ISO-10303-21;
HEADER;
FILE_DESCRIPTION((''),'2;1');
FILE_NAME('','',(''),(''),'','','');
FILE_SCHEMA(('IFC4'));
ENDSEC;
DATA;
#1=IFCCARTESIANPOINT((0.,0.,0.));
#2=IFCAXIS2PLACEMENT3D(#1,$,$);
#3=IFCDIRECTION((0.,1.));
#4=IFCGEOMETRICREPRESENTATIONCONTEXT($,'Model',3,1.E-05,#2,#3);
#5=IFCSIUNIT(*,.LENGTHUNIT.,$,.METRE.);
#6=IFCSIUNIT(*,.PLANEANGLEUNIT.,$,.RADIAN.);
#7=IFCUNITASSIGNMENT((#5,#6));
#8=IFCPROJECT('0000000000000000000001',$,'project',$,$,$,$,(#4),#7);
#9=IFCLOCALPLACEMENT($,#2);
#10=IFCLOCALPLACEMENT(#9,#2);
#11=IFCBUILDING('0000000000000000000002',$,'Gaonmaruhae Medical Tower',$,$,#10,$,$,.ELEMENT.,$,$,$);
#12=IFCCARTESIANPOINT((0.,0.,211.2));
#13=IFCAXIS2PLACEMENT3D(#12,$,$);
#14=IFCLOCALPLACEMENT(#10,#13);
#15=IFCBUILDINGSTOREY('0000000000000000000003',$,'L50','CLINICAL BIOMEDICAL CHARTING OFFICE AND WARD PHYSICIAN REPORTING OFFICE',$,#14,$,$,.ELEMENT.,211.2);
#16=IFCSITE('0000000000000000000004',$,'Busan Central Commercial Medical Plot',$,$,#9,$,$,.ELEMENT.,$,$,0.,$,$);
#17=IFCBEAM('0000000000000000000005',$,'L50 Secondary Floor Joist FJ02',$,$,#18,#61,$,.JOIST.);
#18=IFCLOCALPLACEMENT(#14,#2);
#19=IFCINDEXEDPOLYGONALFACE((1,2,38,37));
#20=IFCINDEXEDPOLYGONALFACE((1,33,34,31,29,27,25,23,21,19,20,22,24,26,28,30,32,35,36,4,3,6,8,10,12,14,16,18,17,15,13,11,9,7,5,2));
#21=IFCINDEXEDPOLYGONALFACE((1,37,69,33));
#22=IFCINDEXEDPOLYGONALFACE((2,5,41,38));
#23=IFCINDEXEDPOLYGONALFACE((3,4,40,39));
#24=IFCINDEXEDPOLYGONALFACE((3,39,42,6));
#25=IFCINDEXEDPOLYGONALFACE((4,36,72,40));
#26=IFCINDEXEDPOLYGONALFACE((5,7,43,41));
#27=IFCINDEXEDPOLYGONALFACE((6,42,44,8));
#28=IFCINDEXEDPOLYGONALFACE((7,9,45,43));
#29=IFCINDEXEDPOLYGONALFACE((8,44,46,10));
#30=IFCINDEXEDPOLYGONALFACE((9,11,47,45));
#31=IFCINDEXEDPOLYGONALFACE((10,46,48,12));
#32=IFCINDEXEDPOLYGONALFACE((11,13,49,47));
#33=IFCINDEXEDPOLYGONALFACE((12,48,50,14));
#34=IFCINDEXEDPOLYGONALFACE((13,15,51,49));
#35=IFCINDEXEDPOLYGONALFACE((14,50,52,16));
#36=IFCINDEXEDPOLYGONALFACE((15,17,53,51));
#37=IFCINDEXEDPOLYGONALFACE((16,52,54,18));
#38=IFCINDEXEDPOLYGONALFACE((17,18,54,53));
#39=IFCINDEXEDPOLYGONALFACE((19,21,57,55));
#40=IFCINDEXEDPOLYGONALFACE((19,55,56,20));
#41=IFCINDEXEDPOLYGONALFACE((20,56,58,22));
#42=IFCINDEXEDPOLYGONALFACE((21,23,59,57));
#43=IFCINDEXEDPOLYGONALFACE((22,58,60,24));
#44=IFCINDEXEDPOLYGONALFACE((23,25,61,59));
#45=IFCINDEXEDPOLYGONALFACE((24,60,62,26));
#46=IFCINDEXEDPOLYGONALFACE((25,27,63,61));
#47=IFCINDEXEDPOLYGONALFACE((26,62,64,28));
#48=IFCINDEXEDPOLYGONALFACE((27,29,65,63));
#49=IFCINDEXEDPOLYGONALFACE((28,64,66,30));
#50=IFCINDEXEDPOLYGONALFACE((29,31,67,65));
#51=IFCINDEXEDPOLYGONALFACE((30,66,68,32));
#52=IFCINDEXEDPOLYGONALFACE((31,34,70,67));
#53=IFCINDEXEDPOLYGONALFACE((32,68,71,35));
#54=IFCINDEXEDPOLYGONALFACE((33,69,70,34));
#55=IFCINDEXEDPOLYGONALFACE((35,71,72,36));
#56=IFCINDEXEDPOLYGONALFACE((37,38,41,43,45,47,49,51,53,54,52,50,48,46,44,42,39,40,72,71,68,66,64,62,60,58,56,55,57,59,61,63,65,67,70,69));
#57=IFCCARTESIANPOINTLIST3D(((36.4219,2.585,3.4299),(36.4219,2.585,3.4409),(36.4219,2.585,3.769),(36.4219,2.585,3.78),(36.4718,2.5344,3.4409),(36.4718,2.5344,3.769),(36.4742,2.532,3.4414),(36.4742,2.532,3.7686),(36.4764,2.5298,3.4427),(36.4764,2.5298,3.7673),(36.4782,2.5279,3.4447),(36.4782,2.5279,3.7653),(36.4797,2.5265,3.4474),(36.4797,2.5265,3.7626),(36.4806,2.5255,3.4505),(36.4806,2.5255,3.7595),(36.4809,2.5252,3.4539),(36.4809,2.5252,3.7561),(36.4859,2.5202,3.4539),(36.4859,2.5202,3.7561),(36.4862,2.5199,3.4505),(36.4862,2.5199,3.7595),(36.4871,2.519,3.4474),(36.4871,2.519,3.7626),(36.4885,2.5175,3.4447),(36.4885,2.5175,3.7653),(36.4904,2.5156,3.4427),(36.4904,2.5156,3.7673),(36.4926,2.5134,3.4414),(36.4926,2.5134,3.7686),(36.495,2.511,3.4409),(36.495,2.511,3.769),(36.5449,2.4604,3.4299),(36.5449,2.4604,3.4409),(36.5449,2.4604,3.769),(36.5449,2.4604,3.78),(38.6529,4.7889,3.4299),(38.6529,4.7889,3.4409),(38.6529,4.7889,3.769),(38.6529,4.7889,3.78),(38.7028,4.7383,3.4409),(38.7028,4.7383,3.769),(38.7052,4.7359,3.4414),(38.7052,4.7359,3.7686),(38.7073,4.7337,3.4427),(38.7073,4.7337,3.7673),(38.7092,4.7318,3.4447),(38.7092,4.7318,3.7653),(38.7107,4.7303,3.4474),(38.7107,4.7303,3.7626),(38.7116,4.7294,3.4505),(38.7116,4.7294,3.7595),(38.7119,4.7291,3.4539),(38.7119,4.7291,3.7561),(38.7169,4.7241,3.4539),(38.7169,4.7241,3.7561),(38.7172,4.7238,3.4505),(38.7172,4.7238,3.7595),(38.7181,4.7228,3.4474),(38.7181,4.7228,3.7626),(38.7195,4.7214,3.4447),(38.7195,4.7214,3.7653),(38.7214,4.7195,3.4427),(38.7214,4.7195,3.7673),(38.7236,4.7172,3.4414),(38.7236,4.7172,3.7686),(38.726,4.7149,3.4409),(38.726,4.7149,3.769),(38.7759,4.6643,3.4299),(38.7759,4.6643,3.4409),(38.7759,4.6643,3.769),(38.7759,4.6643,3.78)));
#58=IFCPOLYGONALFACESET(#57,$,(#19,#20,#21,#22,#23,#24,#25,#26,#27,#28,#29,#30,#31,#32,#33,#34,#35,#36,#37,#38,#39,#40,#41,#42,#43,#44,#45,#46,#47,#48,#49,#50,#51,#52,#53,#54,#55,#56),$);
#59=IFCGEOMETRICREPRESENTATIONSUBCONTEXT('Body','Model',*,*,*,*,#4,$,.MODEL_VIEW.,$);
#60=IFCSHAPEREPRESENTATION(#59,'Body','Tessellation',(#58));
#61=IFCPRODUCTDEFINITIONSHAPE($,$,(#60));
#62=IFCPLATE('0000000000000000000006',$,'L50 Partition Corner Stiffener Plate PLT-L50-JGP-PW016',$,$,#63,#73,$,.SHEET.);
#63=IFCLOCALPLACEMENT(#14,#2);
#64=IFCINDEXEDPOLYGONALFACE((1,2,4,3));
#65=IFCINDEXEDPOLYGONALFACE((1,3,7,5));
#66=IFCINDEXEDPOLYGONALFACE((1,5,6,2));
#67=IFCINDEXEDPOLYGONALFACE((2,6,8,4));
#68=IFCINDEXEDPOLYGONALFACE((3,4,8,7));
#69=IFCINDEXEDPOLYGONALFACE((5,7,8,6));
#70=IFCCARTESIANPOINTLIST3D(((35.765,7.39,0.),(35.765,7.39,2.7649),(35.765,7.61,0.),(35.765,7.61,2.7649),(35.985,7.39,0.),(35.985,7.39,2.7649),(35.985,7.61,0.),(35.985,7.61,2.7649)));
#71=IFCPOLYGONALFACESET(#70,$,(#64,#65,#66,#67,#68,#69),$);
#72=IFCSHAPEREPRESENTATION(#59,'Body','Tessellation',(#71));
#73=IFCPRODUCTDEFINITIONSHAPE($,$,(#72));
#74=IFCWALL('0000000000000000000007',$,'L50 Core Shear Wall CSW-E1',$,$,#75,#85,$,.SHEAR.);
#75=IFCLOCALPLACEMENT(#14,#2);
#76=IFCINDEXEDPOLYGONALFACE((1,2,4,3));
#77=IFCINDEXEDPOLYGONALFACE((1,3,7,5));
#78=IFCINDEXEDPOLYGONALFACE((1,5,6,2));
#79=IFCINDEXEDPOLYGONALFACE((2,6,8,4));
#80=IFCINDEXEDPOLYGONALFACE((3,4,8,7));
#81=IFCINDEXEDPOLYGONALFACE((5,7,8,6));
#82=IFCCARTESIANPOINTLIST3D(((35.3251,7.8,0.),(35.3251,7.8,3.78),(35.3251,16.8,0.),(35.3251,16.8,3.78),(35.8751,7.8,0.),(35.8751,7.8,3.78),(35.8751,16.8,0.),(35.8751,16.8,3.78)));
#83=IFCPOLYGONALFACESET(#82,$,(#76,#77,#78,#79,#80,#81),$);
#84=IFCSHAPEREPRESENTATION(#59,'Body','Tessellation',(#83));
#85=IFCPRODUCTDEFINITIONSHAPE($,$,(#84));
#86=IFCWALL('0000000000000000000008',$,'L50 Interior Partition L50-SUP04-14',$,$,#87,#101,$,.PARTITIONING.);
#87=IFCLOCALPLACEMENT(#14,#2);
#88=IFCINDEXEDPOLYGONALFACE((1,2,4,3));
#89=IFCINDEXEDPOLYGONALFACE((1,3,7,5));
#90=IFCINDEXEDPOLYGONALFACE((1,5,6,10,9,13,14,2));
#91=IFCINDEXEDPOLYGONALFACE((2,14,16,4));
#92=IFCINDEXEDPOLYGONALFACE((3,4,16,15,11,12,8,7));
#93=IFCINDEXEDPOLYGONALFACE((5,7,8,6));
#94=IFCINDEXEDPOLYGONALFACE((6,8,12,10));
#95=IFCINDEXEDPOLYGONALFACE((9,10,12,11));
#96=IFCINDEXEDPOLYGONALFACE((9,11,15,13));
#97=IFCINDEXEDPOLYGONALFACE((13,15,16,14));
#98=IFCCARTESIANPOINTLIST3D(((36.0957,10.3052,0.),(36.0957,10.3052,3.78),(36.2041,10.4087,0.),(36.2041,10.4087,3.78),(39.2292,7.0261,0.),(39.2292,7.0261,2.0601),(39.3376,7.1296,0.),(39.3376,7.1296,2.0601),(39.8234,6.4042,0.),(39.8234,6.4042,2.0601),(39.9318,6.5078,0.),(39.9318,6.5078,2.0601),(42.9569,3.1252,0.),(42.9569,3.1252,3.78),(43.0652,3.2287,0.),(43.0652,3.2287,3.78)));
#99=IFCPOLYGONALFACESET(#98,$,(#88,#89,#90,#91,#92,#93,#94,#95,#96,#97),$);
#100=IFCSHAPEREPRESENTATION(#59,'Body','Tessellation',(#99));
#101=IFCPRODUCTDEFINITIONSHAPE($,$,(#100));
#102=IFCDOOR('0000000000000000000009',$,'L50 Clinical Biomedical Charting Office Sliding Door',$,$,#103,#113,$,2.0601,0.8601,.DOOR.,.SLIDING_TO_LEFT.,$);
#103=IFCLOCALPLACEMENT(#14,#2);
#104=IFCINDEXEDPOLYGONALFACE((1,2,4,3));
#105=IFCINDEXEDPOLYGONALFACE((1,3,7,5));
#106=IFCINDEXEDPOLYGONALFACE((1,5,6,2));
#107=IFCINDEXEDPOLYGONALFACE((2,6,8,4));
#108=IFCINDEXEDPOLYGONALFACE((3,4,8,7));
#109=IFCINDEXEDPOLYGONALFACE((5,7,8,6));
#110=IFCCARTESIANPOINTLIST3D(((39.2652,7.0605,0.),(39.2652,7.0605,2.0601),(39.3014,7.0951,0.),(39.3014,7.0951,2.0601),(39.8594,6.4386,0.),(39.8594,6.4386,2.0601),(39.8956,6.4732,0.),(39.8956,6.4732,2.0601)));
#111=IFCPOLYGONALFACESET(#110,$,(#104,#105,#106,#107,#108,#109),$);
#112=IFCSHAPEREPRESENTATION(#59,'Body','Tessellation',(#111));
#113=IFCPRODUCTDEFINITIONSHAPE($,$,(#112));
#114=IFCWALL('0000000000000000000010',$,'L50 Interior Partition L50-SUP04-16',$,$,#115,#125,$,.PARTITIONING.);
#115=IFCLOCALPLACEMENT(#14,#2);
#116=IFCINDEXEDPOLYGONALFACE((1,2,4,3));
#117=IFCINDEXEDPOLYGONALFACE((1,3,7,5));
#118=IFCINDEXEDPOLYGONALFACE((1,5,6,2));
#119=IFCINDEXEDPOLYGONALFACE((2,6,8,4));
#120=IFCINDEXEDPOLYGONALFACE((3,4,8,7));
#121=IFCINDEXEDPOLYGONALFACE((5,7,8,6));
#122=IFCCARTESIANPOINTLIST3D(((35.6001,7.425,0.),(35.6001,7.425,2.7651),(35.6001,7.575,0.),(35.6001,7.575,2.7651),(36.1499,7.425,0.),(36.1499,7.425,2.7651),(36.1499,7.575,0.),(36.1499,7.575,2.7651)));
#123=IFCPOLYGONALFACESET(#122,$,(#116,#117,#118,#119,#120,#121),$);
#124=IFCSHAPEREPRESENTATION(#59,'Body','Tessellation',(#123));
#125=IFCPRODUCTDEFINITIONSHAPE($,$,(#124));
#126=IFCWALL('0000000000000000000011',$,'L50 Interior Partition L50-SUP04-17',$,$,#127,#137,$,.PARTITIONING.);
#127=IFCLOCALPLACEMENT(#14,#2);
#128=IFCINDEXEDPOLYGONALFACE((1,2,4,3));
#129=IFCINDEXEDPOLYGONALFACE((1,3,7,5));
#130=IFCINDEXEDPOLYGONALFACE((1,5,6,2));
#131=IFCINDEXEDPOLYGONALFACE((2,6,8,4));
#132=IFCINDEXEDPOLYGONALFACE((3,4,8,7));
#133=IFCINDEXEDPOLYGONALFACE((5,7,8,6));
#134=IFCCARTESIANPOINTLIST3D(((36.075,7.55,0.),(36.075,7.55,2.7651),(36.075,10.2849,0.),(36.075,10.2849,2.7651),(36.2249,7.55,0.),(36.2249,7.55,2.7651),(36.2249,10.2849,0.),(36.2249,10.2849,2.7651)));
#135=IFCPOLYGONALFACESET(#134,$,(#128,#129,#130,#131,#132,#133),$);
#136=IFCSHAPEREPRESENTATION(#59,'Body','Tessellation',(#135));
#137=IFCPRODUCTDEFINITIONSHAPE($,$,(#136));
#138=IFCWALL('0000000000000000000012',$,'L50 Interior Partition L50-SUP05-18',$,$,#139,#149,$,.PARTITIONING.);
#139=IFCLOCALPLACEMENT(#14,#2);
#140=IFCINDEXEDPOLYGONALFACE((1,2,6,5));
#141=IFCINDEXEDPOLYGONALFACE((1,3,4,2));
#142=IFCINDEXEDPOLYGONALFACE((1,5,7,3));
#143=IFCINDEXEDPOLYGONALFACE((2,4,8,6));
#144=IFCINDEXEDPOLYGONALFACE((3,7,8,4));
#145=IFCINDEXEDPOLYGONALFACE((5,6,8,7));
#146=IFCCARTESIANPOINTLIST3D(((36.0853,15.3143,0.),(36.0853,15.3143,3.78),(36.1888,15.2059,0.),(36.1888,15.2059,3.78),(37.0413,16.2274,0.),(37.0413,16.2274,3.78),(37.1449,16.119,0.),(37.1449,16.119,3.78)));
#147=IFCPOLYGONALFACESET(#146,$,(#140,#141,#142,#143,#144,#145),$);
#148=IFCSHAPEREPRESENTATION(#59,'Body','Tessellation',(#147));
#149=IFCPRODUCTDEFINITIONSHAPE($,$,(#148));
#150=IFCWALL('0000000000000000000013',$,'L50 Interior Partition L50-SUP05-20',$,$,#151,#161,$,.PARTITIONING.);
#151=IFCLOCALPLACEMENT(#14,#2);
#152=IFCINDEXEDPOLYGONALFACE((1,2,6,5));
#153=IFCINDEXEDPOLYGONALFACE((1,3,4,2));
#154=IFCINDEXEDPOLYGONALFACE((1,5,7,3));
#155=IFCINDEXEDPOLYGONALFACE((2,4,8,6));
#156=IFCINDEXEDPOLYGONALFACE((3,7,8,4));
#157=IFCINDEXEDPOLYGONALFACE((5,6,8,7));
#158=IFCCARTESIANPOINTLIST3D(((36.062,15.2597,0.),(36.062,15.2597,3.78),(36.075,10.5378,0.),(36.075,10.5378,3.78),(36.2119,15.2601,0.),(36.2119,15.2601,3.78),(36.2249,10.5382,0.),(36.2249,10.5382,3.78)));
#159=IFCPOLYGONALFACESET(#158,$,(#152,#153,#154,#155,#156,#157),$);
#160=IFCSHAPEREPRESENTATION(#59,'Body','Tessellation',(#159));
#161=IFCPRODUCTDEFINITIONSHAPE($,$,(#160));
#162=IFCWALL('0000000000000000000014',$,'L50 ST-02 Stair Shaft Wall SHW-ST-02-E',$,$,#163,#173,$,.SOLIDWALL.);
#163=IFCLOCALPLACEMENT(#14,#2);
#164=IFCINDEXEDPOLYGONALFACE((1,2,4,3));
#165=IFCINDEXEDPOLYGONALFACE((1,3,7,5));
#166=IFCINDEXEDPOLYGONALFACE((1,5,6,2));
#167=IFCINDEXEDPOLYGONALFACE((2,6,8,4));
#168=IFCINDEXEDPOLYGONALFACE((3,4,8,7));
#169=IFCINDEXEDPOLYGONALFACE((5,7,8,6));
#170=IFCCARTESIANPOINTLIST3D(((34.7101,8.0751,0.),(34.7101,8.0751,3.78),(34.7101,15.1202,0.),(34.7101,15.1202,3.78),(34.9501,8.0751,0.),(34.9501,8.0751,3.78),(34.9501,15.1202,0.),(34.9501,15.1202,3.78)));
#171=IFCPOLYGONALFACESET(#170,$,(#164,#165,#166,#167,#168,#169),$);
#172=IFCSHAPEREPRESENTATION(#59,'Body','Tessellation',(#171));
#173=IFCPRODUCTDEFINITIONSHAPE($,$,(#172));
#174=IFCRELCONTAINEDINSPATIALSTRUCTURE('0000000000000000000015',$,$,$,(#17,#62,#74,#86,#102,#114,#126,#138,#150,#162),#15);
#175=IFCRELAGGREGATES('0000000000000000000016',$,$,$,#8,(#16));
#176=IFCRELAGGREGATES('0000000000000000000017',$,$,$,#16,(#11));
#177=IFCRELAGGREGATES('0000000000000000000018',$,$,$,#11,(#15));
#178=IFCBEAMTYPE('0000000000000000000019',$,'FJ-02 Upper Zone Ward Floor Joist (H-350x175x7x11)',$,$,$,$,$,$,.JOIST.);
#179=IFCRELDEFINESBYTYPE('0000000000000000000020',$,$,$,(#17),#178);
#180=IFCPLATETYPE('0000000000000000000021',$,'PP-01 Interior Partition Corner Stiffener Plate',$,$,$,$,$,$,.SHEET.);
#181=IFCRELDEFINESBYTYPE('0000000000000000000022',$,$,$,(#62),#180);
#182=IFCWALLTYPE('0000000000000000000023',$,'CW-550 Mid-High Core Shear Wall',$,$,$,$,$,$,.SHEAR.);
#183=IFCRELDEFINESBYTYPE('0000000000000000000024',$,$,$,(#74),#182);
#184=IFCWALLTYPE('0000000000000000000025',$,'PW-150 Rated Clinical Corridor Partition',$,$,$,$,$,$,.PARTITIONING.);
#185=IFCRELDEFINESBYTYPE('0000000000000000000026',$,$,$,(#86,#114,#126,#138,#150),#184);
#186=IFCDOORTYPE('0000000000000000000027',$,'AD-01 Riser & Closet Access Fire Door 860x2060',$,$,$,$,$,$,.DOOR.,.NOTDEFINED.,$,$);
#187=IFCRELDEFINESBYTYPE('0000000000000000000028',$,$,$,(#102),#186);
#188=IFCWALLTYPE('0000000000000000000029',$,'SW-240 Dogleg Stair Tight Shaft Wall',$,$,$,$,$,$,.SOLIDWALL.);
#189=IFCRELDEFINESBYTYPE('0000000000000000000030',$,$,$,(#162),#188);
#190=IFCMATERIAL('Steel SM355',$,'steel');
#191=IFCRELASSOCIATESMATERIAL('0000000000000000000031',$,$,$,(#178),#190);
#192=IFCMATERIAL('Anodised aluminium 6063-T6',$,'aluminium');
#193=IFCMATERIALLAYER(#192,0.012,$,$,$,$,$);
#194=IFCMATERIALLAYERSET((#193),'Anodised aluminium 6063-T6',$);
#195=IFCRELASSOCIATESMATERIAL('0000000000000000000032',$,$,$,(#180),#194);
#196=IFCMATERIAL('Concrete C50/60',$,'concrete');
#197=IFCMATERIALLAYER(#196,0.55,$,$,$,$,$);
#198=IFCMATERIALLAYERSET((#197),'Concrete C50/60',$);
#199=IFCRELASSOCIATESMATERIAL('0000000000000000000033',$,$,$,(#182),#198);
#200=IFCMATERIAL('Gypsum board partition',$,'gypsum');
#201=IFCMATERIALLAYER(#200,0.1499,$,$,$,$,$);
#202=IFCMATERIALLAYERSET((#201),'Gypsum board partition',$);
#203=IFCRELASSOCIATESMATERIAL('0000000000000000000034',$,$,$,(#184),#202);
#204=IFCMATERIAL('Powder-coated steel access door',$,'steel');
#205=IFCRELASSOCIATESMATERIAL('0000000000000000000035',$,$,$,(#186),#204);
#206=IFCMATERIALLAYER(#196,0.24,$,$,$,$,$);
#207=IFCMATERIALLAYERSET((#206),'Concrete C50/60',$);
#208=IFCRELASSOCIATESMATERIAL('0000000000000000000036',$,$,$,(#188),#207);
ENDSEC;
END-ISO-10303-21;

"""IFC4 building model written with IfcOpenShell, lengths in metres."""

from ifc_helpers import new_model, si_unit, direction, frame, frame_2d, origin, origin_2d, place, context, subcontext, project, spatial, rectangle, i_section, extrude, material, layer, layer_set, material_profile, profile_set, type_object, element, fill, save


model = new_model("IFC4")

# Units and contexts
model_context = context("Model", 3, precision=1e-05, world=origin(), true_north=direction((0.0, 1.0)))
body_context = subcontext(model_context, "Body", "Model", "MODEL_VIEW")
ifc_project = project(units=[si_unit("LENGTHUNIT", "METRE"), si_unit("PLANEANGLEUNIT", "RADIAN")], contexts=[model_context])

# Site, building, storey
site_placement = place(None, origin())
site = spatial("IfcSite", under=ifc_project, at=site_placement, Name="Busan Central Commercial Medical Plot", CompositionType="ELEMENT", RefElevation=0.0)
building_placement = place(site_placement, origin())
building = spatial("IfcBuilding", under=site, at=building_placement, Name="Gaonmaruhae Medical Tower", CompositionType="ELEMENT")
storey_placement = place(building_placement, frame((0.0, 0.0, 211.2)))
storey = spatial("IfcBuildingStorey", under=building, at=storey_placement, Name="L50", Description="CLINICAL BIOMEDICAL CHARTING OFFICE AND WARD PHYSICIAN REPORTING OFFICE", CompositionType="ELEMENT", Elevation=211.2)

# Shared definitions
ifc_material_1 = material(Name="Concrete C50/60", Category="concrete")

# Beam
ifc_material_2 = material(Name="Steel SM355", Category="steel")
ifc_material_profile_1 = material_profile(ifc_material_2, i_section(OverallWidth=0.175, OverallDepth=0.3501, WebThickness=0.0071, FlangeThickness=0.011, FilletRadius=0.0129, at=origin_2d()), Name="H-350x175x7x11")
ifc_profile_set_1 = profile_set([ifc_material_profile_1], Name="Steel SM355")
beam_type_1 = type_object("IfcBeamType", Name="FJ-02 Upper Zone Ward Floor Joist (H-350x175x7x11)", PredefinedType="JOIST", material=ifc_profile_set_1)
beam_1_placement = place(storey_placement, frame((36.4834, 2.5227, 3.605), z_axis=(0.711414, 0.702773, 0.0), x_axis=(-0.702773, 0.711414, 0.0)))
element("IfcBeam", 1, at=beam_1_placement, inside=storey, type_object=beam_type_1, Name="L50 Secondary Floor Joist FJ02", PredefinedType="JOIST", context=body_context, shape_type="SweptSolid", body=[
    extrude(i_section(OverallWidth=0.175, OverallDepth=0.3501, WebThickness=0.0071, FlangeThickness=0.011, FilletRadius=0.0129, at=origin_2d()), origin(), (0.0, 0.0, 1.0), 3.136),
])

# Plate
ifc_material_3 = material(Name="Anodised aluminium 6063-T6", Category="aluminium")
ifc_layer_1 = layer(ifc_material_3, 0.012)
ifc_layer_set_1 = layer_set([ifc_layer_1], Name="Anodised aluminium 6063-T6")
plate_type = type_object("IfcPlateType", Name="PP-01 Interior Partition Corner Stiffener Plate", PredefinedType="SHEET", material=ifc_layer_set_1)
plate_placement = place(storey_placement, frame((35.875, 7.5, 0.0), z_axis=(0.0, 0.0, 1.0), x_axis=(1.0, 0.0, 0.0)))
element("IfcPlate", 2, at=plate_placement, inside=storey, type_object=plate_type, Name="L50 Partition Corner Stiffener Plate PLT-L50-JGP-PW016", PredefinedType="SHEET", context=body_context, shape_type="SweptSolid", body=[
    extrude(rectangle(XDim=0.22, YDim=0.22, at=origin_2d()), origin(), (0.0, 0.0, 1.0), 2.7649),
])

# Wall
ifc_layer_2 = layer(ifc_material_1, 0.55)
ifc_layer_set_2 = layer_set([ifc_layer_2], Name="Concrete C50/60")
wall_type_1 = type_object("IfcWallType", Name="CW-550 Mid-High Core Shear Wall", PredefinedType="SHEAR", material=ifc_layer_set_2)
wall_1_placement = place(storey_placement, frame((35.6001, 7.8, 0.0), z_axis=(0.0, 0.0, 1.0), x_axis=(0.0, 1.0, 0.0)))
element("IfcWall", 3, at=wall_1_placement, inside=storey, type_object=wall_type_1, Name="L50 Core Shear Wall CSW-E1", PredefinedType="SHEAR", context=body_context, shape_type="SweptSolid", body=[
    extrude(rectangle(XDim=9.0, YDim=0.55, at=frame_2d((4.5, 0.0))), origin(), (0.0, 0.0, 1.0), 3.78),
])

# Wall, opening, door
ifc_material_4 = material(Name="Gypsum board partition", Category="gypsum")
ifc_layer_3 = layer(ifc_material_4, 0.1499)
ifc_layer_set_3 = layer_set([ifc_layer_3], Name="Gypsum board partition")
wall_type_2 = type_object("IfcWallType", Name="PW-150 Rated Clinical Corridor Partition", PredefinedType="PARTITIONING", material=ifc_layer_set_3)
wall_2_placement = place(storey_placement, frame((36.1499, 10.3569, 0.0), z_axis=(0.0, 0.0, 1.0), x_axis=(0.690871, -0.722978, 0.0)))
wall_2 = element("IfcWall", 4, at=wall_2_placement, inside=storey, type_object=wall_type_2, Name="L50 Interior Partition L50-SUP04-14", PredefinedType="PARTITIONING", context=body_context, shape_type="SweptSolid", body=[
    extrude(rectangle(XDim=9.9312, YDim=0.1499, at=frame_2d((4.9656, 0.0))), origin(), (0.0, 0.0, 1.0), 3.78),
])
opening_placement = place(wall_2_placement, frame((4.5354, 0.0, 0.0)))
opening = element("IfcOpeningElement", 5, at=opening_placement, cuts=wall_2, PredefinedType="OPENING", context=body_context, shape_type="SweptSolid", body=[
    extrude(rectangle(XDim=0.8601, YDim=2.0601, at=frame_2d((0.4302, 1.03))), frame((0.0, 0.085, 0.0), z_axis=(0.0, -1.0, 0.0), x_axis=(1.0, 0.0, 0.0)), (0.0, 0.0, 1.0), 0.1699),
])
ifc_material_5 = material(Name="Powder-coated steel access door", Category="steel")
door_type = type_object("IfcDoorType", Name="AD-01 Riser & Closet Access Fire Door 860x2060", OperationType="NOTDEFINED", PredefinedType="DOOR", material=ifc_material_5)
door_placement = place(opening_placement, origin())
door = element("IfcDoor", 6, at=door_placement, inside=storey, type_object=door_type, Name="L50 Clinical Biomedical Charting Office Sliding Door", OperationType="SLIDING_TO_LEFT", OverallHeight=2.0601, OverallWidth=0.8601, PredefinedType="DOOR", context=body_context, shape_type="SweptSolid", body=[
    extrude(rectangle(XDim=0.8601, YDim=2.0601, at=frame_2d((0.4302, 1.03))), frame((0.0, 0.0249, 0.0), z_axis=(0.0, -1.0, 0.0), x_axis=(1.0, 0.0, 0.0)), (0.0, 0.0, 1.0), 0.05),
])
fill(opening, door)

# Walls
wall_3_placement = place(storey_placement, frame((35.6001, 7.5, 0.0), z_axis=(0.0, 0.0, 1.0), x_axis=(1.0, 0.0, 0.0)))
element("IfcWall", 7, at=wall_3_placement, inside=storey, type_object=wall_type_2, Name="L50 Interior Partition L50-SUP04-16", PredefinedType="PARTITIONING", context=body_context, shape_type="SweptSolid", body=[
    extrude(rectangle(XDim=0.5498, YDim=0.1499, at=frame_2d((0.2749, 0.0))), origin(), (0.0, 0.0, 1.0), 2.7651),
])
wall_4_placement = place(storey_placement, frame((36.1499, 7.55, 0.0), z_axis=(0.0, 0.0, 1.0), x_axis=(0.0, 1.0, 0.0)))
element("IfcWall", 8, at=wall_4_placement, inside=storey, type_object=wall_type_2, Name="L50 Interior Partition L50-SUP04-17", PredefinedType="PARTITIONING", context=body_context, shape_type="SweptSolid", body=[
    extrude(rectangle(XDim=2.7349, YDim=0.1499, at=frame_2d((1.3674, 0.0))), origin(), (0.0, 0.0, 1.0), 2.7651),
])
wall_5_placement = place(storey_placement, frame((36.137, 15.26, 0.0), z_axis=(0.0, 0.0, 1.0), x_axis=(0.723171, 0.690669, 0.0)))
element("IfcWall", 9, at=wall_5_placement, inside=storey, type_object=wall_type_2, Name="L50 Interior Partition L50-SUP05-18", PredefinedType="PARTITIONING", context=body_context, shape_type="SweptSolid", body=[
    extrude(rectangle(XDim=1.322, YDim=0.1499, at=frame_2d((0.6611, 0.0))), origin(), (0.0, 0.0, 1.0), 3.78),
])
wall_6_placement = place(storey_placement, frame((36.1499, 10.5381, 0.0), z_axis=(0.0, 0.0, 1.0), x_axis=(-0.00274, 0.999996, 0.0)))
element("IfcWall", 10, at=wall_6_placement, inside=storey, type_object=wall_type_2, Name="L50 Interior Partition L50-SUP05-20", PredefinedType="PARTITIONING", context=body_context, shape_type="SweptSolid", body=[
    extrude(rectangle(XDim=4.7219, YDim=0.1499, at=frame_2d((2.3608, 0.0))), origin(), (0.0, 0.0, 1.0), 3.78),
])
ifc_layer_4 = layer(ifc_material_1, 0.24)
ifc_layer_set_4 = layer_set([ifc_layer_4], Name="Concrete C50/60")
wall_type_3 = type_object("IfcWallType", Name="SW-240 Dogleg Stair Tight Shaft Wall", PredefinedType="SOLIDWALL", material=ifc_layer_set_4)
wall_7_placement = place(storey_placement, frame((34.8301, 15.1201, 0.0), z_axis=(0.0, 0.0, 1.0), x_axis=(0.0, -1.0, 0.0)))
element("IfcWall", 11, at=wall_7_placement, inside=storey, type_object=wall_type_3, Name="L50 ST-02 Stair Shaft Wall SHW-ST-02-E", PredefinedType="SOLIDWALL", context=body_context, shape_type="SweptSolid", body=[
    extrude(rectangle(XDim=7.0452, YDim=0.24, at=frame_2d((3.5225, 0.0))), origin(), (0.0, 0.0, 1.0), 3.78),
])

save(model, "model.ifc")
